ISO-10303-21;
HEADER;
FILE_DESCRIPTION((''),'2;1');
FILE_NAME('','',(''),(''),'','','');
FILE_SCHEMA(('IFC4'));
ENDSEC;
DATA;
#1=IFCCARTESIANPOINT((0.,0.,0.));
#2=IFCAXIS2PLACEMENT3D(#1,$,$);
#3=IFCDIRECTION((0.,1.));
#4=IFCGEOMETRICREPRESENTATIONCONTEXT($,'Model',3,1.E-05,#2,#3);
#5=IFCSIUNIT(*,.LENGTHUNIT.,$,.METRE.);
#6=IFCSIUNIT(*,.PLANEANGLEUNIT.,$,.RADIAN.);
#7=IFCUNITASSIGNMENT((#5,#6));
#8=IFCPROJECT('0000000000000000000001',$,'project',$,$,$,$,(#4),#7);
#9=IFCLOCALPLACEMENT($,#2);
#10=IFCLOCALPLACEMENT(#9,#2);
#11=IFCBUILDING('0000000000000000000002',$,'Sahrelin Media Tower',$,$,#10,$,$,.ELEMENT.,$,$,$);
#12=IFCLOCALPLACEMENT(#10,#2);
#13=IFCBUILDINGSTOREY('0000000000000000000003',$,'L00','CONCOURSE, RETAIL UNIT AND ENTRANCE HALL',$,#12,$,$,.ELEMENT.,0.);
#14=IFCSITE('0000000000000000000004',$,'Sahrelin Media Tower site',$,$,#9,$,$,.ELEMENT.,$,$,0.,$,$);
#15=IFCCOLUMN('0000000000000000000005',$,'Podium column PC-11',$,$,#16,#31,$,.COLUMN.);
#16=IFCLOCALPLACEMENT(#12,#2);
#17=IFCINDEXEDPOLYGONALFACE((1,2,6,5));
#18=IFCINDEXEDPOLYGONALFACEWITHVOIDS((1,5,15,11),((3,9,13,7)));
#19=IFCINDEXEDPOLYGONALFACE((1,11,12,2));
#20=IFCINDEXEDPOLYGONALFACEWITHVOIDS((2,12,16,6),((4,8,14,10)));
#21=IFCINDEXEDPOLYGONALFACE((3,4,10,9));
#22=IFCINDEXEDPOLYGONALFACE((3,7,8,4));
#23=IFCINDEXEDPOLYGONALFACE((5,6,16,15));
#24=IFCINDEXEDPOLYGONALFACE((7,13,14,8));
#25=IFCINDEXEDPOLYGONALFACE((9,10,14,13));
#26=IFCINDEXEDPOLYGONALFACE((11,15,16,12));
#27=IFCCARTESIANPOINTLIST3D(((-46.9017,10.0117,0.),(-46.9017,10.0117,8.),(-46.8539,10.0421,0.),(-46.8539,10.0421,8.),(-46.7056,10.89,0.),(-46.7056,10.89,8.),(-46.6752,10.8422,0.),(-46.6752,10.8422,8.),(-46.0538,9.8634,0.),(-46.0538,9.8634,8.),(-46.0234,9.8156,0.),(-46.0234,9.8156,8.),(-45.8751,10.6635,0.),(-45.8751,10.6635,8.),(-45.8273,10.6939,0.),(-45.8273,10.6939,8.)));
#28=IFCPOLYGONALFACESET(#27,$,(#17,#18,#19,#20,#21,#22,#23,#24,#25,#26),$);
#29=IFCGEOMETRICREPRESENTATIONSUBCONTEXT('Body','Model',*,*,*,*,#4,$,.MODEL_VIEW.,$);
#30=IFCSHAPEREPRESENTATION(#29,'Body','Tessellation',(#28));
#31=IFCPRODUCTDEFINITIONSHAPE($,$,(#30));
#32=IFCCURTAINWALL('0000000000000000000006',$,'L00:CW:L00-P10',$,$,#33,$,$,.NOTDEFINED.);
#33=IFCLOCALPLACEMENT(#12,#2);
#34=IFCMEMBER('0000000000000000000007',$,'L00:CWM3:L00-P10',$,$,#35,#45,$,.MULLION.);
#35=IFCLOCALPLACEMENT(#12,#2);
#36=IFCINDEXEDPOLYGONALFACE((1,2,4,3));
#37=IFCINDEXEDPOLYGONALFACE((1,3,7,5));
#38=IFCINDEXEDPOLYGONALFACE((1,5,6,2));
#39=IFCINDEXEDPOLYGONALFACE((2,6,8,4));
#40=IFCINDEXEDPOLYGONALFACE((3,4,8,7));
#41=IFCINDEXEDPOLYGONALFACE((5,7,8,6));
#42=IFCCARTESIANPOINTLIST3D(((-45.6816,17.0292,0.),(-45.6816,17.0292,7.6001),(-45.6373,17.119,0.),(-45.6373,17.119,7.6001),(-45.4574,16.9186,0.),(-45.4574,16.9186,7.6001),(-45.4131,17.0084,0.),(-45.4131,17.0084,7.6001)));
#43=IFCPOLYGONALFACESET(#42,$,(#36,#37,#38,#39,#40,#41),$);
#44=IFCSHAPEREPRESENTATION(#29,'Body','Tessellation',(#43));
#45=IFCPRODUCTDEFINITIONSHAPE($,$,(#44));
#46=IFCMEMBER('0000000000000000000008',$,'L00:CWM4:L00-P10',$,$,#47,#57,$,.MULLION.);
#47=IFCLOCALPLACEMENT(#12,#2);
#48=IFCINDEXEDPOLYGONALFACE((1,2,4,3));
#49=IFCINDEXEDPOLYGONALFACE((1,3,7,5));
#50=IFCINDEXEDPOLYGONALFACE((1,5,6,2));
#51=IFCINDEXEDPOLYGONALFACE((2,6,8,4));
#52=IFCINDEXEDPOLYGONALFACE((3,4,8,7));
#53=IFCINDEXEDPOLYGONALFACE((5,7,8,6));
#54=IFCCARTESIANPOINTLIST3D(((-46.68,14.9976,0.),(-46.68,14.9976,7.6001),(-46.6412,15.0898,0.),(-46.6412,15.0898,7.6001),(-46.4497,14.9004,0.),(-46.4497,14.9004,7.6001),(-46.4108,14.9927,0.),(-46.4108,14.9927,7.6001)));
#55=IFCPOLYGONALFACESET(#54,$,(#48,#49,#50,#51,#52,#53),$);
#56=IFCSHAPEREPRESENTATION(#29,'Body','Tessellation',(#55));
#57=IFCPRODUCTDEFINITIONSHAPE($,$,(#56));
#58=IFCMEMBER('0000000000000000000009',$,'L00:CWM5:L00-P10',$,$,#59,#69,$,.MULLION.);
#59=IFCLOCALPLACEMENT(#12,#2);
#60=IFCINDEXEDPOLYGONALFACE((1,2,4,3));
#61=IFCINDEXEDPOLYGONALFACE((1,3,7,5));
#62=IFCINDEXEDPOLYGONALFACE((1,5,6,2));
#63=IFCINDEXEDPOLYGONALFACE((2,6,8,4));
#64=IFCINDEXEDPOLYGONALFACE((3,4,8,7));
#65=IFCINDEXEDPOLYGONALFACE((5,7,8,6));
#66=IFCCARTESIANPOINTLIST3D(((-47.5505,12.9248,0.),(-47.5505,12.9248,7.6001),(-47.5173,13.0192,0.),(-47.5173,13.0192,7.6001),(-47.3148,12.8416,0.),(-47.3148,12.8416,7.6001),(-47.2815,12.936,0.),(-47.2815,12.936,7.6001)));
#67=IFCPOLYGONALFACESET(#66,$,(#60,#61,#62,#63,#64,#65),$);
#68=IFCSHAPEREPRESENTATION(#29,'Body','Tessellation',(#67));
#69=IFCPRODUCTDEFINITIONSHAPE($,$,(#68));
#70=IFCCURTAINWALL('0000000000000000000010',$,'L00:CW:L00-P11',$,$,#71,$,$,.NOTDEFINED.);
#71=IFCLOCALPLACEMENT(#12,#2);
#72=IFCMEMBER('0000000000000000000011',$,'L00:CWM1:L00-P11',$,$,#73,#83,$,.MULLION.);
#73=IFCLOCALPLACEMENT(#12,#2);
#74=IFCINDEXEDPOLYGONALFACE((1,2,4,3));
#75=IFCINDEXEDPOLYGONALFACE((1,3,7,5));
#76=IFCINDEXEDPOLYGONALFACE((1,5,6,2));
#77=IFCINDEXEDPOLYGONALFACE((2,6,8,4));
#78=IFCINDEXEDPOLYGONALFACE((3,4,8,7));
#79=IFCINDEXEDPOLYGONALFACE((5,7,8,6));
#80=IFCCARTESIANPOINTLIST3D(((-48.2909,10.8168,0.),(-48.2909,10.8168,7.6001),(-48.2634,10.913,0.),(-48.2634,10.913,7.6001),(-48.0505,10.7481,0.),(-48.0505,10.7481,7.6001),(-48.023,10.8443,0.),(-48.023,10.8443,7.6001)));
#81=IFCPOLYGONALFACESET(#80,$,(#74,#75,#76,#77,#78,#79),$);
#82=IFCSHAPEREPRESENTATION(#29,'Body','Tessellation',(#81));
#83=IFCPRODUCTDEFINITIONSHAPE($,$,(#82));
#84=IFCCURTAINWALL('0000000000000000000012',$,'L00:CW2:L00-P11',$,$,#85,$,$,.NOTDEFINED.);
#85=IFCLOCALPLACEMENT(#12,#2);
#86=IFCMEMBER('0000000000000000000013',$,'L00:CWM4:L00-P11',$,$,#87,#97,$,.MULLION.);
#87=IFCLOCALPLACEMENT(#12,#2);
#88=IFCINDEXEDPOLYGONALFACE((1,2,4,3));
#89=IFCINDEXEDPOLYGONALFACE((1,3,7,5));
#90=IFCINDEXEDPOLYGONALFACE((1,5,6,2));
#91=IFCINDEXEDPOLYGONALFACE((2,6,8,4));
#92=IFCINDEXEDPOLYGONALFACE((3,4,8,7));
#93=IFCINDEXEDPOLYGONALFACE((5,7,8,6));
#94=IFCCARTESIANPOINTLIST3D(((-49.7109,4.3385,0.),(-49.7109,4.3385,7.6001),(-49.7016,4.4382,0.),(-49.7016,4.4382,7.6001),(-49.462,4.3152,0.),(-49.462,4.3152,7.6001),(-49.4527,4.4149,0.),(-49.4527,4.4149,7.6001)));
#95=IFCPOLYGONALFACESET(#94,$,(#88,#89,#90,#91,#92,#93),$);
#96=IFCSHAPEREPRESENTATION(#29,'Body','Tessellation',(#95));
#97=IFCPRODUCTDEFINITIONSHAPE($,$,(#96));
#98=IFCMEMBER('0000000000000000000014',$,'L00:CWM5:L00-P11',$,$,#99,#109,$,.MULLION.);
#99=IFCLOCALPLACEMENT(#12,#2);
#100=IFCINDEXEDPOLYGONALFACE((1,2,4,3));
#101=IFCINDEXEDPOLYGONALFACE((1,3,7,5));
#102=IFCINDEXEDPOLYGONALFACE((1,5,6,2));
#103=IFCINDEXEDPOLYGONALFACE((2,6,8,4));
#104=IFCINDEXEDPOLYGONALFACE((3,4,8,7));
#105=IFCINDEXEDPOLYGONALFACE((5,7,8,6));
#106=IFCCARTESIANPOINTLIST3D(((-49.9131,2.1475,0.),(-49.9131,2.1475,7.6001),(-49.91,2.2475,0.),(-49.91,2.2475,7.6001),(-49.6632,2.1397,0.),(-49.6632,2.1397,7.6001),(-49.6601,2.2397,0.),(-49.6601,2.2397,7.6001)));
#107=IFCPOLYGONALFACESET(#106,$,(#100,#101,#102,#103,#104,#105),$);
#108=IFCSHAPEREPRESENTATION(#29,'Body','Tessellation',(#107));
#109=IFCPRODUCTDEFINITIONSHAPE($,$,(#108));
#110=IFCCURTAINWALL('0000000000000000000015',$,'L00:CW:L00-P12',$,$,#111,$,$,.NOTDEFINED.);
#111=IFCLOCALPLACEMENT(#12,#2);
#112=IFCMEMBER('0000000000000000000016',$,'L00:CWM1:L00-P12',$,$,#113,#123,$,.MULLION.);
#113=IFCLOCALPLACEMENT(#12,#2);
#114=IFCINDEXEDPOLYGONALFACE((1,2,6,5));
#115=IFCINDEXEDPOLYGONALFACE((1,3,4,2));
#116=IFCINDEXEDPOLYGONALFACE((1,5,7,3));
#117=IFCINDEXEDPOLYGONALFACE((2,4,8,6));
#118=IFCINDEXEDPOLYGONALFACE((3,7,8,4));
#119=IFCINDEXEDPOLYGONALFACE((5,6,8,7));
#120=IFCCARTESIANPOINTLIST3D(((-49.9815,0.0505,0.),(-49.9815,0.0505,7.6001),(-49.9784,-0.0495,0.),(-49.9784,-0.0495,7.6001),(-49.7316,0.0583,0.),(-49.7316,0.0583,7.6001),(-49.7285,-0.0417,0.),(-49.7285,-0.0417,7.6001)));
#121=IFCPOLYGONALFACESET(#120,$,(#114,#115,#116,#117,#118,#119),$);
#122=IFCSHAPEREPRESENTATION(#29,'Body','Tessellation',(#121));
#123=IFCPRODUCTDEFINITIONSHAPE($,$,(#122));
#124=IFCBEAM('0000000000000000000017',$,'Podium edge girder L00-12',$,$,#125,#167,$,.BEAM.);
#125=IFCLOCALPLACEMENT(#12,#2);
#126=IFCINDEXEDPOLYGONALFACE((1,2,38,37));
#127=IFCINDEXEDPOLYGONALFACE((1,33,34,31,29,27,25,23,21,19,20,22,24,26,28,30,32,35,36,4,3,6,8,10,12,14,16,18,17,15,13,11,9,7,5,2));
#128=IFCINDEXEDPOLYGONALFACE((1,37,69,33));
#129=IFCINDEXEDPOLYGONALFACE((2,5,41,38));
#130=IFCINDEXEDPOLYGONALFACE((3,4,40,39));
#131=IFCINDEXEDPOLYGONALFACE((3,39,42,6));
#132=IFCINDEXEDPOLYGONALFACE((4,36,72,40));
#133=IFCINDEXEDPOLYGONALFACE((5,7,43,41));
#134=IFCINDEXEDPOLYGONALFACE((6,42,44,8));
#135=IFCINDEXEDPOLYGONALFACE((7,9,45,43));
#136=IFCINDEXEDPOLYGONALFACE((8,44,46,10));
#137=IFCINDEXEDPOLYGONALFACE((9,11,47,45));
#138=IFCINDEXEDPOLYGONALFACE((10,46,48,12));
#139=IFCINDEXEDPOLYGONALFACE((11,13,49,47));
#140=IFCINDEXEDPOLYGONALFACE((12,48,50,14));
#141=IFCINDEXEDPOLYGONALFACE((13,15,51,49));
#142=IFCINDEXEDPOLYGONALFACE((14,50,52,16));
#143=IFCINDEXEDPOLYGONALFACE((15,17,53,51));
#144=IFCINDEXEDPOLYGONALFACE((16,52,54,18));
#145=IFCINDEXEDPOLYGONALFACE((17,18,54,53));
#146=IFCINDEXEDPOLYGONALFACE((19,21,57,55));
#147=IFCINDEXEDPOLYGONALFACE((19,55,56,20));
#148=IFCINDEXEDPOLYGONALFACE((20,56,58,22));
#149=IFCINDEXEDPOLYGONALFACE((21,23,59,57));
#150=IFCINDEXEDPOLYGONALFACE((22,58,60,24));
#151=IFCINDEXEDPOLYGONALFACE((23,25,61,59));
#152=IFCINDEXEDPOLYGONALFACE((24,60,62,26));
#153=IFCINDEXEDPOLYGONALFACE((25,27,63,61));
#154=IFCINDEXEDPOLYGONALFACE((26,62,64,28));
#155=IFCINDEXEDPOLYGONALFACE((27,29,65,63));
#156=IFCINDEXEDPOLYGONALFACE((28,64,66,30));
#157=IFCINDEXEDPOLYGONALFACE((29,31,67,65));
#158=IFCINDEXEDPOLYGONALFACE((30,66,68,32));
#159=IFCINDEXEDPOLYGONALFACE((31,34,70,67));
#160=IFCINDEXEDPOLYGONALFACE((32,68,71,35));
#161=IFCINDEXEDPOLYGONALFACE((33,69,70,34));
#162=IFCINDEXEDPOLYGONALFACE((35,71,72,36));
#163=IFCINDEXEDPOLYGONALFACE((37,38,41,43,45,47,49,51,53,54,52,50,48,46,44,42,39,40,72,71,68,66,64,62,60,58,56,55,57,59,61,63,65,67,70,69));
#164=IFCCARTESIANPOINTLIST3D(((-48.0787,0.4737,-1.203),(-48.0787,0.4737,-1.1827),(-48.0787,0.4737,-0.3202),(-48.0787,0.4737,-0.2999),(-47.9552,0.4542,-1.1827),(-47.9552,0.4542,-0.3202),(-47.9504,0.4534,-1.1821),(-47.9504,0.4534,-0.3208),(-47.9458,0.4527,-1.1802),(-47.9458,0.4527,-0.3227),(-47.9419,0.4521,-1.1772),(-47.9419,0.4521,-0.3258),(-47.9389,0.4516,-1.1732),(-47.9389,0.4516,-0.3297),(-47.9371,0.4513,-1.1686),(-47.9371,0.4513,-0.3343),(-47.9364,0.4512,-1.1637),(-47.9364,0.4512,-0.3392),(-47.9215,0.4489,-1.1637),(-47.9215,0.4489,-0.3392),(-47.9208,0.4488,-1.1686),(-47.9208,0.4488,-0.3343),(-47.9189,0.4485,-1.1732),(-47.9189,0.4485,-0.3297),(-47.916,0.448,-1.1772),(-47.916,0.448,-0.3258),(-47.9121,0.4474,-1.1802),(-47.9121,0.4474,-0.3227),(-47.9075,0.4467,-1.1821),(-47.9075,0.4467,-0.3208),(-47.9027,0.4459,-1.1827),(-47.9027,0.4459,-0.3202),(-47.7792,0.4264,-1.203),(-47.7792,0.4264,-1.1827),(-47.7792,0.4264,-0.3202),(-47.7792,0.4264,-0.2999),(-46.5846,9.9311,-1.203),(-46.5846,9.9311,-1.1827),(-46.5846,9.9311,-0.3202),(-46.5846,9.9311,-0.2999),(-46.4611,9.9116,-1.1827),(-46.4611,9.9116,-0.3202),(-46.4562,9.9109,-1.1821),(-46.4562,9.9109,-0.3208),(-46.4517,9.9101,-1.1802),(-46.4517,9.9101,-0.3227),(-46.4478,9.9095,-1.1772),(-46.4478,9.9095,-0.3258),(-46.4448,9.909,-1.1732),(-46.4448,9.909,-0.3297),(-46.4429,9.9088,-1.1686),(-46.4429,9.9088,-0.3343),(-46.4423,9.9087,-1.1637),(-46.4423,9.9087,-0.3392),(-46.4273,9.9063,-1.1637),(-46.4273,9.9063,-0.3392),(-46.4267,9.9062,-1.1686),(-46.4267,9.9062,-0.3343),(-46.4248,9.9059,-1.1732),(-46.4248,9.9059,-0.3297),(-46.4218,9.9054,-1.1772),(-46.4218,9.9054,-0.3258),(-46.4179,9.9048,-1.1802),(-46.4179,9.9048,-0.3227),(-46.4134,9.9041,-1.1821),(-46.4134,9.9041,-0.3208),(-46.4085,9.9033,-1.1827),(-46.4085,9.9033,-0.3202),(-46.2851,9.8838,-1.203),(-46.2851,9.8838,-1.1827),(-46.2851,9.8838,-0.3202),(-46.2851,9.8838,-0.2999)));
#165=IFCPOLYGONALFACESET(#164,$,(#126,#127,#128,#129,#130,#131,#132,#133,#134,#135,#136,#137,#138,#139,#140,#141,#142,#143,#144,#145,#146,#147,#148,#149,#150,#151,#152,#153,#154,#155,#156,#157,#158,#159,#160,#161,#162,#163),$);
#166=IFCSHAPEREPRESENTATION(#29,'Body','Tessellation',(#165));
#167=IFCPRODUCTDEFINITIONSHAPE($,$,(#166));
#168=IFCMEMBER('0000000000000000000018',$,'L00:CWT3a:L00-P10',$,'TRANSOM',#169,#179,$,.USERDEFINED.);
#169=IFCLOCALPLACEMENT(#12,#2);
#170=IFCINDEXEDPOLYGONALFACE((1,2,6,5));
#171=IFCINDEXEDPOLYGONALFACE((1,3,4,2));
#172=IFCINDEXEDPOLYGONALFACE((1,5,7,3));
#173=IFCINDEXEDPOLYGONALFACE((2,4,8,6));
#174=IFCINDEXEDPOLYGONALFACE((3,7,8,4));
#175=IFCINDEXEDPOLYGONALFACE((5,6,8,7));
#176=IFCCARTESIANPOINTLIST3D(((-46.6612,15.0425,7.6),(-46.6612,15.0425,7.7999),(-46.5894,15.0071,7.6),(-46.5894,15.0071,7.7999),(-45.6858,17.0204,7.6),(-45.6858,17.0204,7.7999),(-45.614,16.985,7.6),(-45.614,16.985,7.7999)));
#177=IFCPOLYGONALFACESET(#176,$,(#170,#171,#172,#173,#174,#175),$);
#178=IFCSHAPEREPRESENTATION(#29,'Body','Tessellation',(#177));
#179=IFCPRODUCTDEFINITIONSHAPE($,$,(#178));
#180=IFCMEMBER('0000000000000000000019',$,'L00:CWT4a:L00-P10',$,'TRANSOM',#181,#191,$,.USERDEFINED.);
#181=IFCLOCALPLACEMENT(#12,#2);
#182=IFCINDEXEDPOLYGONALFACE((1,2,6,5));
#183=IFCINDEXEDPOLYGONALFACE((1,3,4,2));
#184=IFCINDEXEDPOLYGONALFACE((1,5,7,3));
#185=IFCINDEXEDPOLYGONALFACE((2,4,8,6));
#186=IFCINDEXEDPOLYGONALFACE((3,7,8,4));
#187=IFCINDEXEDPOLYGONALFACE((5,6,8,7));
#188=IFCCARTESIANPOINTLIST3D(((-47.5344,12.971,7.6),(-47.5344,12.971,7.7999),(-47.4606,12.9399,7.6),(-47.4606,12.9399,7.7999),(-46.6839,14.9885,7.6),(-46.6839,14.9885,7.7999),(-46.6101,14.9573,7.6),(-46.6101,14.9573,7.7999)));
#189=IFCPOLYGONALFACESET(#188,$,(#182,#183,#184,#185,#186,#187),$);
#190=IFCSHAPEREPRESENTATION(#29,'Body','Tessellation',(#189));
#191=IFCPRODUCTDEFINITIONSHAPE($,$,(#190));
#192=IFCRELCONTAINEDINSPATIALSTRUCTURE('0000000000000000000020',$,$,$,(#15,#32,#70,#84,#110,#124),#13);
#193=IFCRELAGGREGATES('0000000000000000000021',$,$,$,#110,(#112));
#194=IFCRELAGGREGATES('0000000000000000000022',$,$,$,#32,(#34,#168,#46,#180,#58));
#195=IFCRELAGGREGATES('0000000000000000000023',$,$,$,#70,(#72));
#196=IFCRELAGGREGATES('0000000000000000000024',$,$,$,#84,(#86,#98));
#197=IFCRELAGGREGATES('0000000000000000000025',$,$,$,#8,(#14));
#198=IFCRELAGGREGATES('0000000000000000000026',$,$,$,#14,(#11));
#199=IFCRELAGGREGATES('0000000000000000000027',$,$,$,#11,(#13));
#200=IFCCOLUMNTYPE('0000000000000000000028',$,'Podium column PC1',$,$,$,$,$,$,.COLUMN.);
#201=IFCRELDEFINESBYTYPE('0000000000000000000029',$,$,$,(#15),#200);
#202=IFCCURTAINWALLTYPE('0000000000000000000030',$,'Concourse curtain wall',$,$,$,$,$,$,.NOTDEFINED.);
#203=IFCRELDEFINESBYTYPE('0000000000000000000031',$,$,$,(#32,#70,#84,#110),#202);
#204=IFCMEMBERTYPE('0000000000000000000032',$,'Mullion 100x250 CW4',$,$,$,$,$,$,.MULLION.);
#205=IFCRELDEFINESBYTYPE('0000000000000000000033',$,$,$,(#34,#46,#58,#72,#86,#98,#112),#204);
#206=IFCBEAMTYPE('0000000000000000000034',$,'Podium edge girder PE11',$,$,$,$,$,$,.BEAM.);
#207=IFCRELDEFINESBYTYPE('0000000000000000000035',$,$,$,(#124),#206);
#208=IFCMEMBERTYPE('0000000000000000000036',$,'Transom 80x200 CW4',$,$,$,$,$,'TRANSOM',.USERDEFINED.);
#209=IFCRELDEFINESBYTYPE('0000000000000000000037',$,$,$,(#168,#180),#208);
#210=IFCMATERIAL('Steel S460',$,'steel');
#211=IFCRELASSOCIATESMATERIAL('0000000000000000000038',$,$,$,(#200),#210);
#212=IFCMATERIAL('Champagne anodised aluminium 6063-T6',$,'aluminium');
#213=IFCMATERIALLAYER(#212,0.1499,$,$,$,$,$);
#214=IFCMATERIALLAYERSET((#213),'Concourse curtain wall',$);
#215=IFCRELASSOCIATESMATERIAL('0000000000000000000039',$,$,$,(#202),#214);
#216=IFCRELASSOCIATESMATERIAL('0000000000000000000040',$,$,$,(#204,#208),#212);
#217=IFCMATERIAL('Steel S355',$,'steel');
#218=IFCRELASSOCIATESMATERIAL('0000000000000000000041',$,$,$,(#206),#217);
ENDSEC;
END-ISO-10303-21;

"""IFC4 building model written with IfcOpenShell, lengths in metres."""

from ifc_helpers import new_model, si_unit, direction, frame, origin, origin_2d, place, context, subcontext, project, spatial, rectangle, hollow_rectangle, i_section, extrude, material, layer, layer_set, material_profile, profile_set, type_object, element, aggregate, save


model = new_model("IFC4")

# Units and contexts
model_context = context("Model", 3, precision=1e-05, world=origin(), true_north=direction((0.0, 1.0)))
body_context = subcontext(model_context, "Body", "Model", "MODEL_VIEW")
ifc_project = project(units=[si_unit("LENGTHUNIT", "METRE"), si_unit("PLANEANGLEUNIT", "RADIAN")], contexts=[model_context])

# Site, building, storey
site_placement = place(None, origin())
site = spatial("IfcSite", under=ifc_project, at=site_placement, Name="Sahrelin Media Tower site", CompositionType="ELEMENT", RefElevation=0.0)
building_placement = place(site_placement, origin())
building = spatial("IfcBuilding", under=site, at=building_placement, Name="Sahrelin Media Tower", CompositionType="ELEMENT")
storey_placement = place(building_placement, origin())
storey = spatial("IfcBuildingStorey", under=building, at=storey_placement, Name="L00", Description="CONCOURSE, RETAIL UNIT AND ENTRANCE HALL", CompositionType="ELEMENT", Elevation=0.0)

# Column
ifc_material_1 = material(Name="Steel S460", Category="steel")
ifc_material_profile_1 = material_profile(ifc_material_1, hollow_rectangle(XDim=0.8999, YDim=0.8999, WallThickness=0.04, at=origin_2d()), Name="Podium column PC1")
ifc_profile_set_1 = profile_set([ifc_material_profile_1], Name="Steel S460")
column_type = type_object("IfcColumnType", Name="Podium column PC1", PredefinedType="COLUMN", material=ifc_profile_set_1)
column_placement = place(storey_placement, frame((-46.3645, 10.3528, 0.0), z_axis=(0.0, 0.0, 1.0), x_axis=(-0.975965, 0.217925, 0.0)))
element("IfcColumn", 1, at=column_placement, inside=storey, type_object=column_type, Name="Podium column PC-11", PredefinedType="COLUMN", context=body_context, shape_type="SweptSolid", body=[
    extrude(hollow_rectangle(XDim=0.8999, YDim=0.8999, WallThickness=0.04, at=origin_2d()), origin(), (0.0, 0.0, 1.0), 8.0),
])

# Curtain wall, members
ifc_material_2 = material(Name="Champagne anodised aluminium 6063-T6", Category="aluminium")
ifc_layer_1 = layer(ifc_material_2, 0.1499)
ifc_layer_set_1 = layer_set([ifc_layer_1], Name="Concourse curtain wall")
curtain_wall_type = type_object("IfcCurtainWallType", Name="Concourse curtain wall", PredefinedType="NOTDEFINED", material=ifc_layer_set_1)
curtain_wall_1_placement = place(storey_placement, frame((-43.3013, 21.0, 0.0), z_axis=(0.0, 0.0, 1.0), x_axis=(1.0, 0.0, 0.0)))
curtain_wall_1 = element("IfcCurtainWall", 2, at=curtain_wall_1_placement, inside=storey, type_object=curtain_wall_type, Name="L00:CW:L00-P10", PredefinedType="NOTDEFINED")
ifc_material_profile_2 = material_profile(ifc_material_2, rectangle(XDim=0.1001, YDim=0.25, at=origin_2d()), Name="Mullion 100x250")
ifc_profile_set_2 = profile_set([ifc_material_profile_2], Name="Champagne anodised aluminium 6063-T6")
member_type_1 = type_object("IfcMemberType", Name="Mullion 100x250 CW4", PredefinedType="MULLION", material=ifc_profile_set_2)
member_1_placement = place(storey_placement, frame((-45.5474, 17.0188, 0.0), z_axis=(0.0, 0.0, 1.0), x_axis=(-0.442262, -0.896886, 0.0)))
member_1 = element("IfcMember", 3, at=member_1_placement, type_object=member_type_1, Name="L00:CWM3:L00-P10", PredefinedType="MULLION", context=body_context, shape_type="SweptSolid", body=[
    extrude(rectangle(XDim=0.1001, YDim=0.25, at=origin_2d()), origin(), (0.0, 0.0, 1.0), 7.6001),
])
member_2_placement = place(storey_placement, frame((-46.5454, 14.9951, 0.0), z_axis=(0.0, 0.0, 1.0), x_axis=(-0.38845, -0.92147, 0.0)))
member_2 = element("IfcMember", 4, at=member_2_placement, type_object=member_type_1, Name="L00:CWM4:L00-P10", PredefinedType="MULLION", context=body_context, shape_type="SweptSolid", body=[
    extrude(rectangle(XDim=0.1001, YDim=0.25, at=origin_2d()), origin(), (0.0, 0.0, 1.0), 7.6001),
])
member_3_placement = place(storey_placement, frame((-47.416, 12.9304, 0.0), z_axis=(0.0, 0.0, 1.0), x_axis=(-0.332579, -0.943075, 0.0)))
member_3 = element("IfcMember", 5, at=member_3_placement, type_object=member_type_1, Name="L00:CWM5:L00-P10", PredefinedType="MULLION", context=body_context, shape_type="SweptSolid", body=[
    extrude(rectangle(XDim=0.1001, YDim=0.25, at=origin_2d()), origin(), (0.0, 0.0, 1.0), 7.6001),
])

# Curtain wall, member
curtain_wall_2_placement = place(storey_placement, frame((-48.2964, 10.8704, 0.0), z_axis=(0.0, 0.0, 1.0), x_axis=(1.0, 0.0, 0.0)))
curtain_wall_2 = element("IfcCurtainWall", 6, at=curtain_wall_2_placement, inside=storey, type_object=curtain_wall_type, Name="L00:CW:L00-P11", PredefinedType="NOTDEFINED")
member_4_placement = place(storey_placement, frame((-48.157, 10.8306, 0.0), z_axis=(0.0, 0.0, 1.0), x_axis=(-0.27481, -0.961499, 0.0)))
member_4 = element("IfcMember", 7, at=member_4_placement, type_object=member_type_1, Name="L00:CWM1:L00-P11", PredefinedType="MULLION", context=body_context, shape_type="SweptSolid", body=[
    extrude(rectangle(XDim=0.1001, YDim=0.25, at=origin_2d()), origin(), (0.0, 0.0, 1.0), 7.6001),
])

# Curtain wall, members
curtain_wall_3_placement = place(storey_placement, frame((-49.7039, 4.5327, 0.0), z_axis=(0.0, 0.0, 1.0), x_axis=(1.0, 0.0, 0.0)))
curtain_wall_3 = element("IfcCurtainWall", 8, at=curtain_wall_3_placement, inside=storey, type_object=curtain_wall_type, Name="L00:CW2:L00-P11", PredefinedType="NOTDEFINED")
member_5_placement = place(storey_placement, frame((-49.5818, 4.3767, 0.0), z_axis=(0.0, 0.0, 1.0), x_axis=(-0.093292, -0.995639, 0.0)))
member_5 = element("IfcMember", 9, at=member_5_placement, type_object=member_type_1, Name="L00:CWM4:L00-P11", PredefinedType="MULLION", context=body_context, shape_type="SweptSolid", body=[
    extrude(rectangle(XDim=0.1001, YDim=0.25, at=origin_2d()), origin(), (0.0, 0.0, 1.0), 7.6001),
])
member_6_placement = place(storey_placement, frame((-49.7866, 2.1936, 0.0), z_axis=(0.0, 0.0, 1.0), x_axis=(-0.031147, -0.999515, 0.0)))
member_6 = element("IfcMember", 10, at=member_6_placement, type_object=member_type_1, Name="L00:CWM5:L00-P11", PredefinedType="MULLION", context=body_context, shape_type="SweptSolid", body=[
    extrude(rectangle(XDim=0.1001, YDim=0.25, at=origin_2d()), origin(), (0.0, 0.0, 1.0), 7.6001),
])

# Curtain wall, member
curtain_wall_4_placement = place(storey_placement, frame((-50.0, 0.0, 0.0), z_axis=(0.0, 0.0, 1.0), x_axis=(1.0, 0.0, 0.0)))
curtain_wall_4 = element("IfcCurtainWall", 11, at=curtain_wall_4_placement, inside=storey, type_object=curtain_wall_type, Name="L00:CW:L00-P12", PredefinedType="NOTDEFINED")
member_7_placement = place(storey_placement, frame((-49.855, 0.0044, 0.0), z_axis=(0.0, 0.0, 1.0), x_axis=(0.031147, -0.999515, 0.0)))
member_7 = element("IfcMember", 12, at=member_7_placement, type_object=member_type_1, Name="L00:CWM1:L00-P12", PredefinedType="MULLION", context=body_context, shape_type="SweptSolid", body=[
    extrude(rectangle(XDim=0.1001, YDim=0.25, at=origin_2d()), origin(), (0.0, 0.0, 1.0), 7.6001),
])
aggregate(curtain_wall_4, [member_7])

# Beam
ifc_material_3 = material(Name="Steel S355", Category="steel")
ifc_material_profile_3 = material_profile(ifc_material_3, i_section(OverallWidth=0.3032, OverallDepth=0.9031, WebThickness=0.0151, FlangeThickness=0.0203, FilletRadius=0.019, at=origin_2d()), Name="UB 914x305x201")
ifc_profile_set_3 = profile_set([ifc_material_profile_3], Name="Steel S355")
beam_type = type_object("IfcBeamType", Name="Podium edge girder PE11", PredefinedType="BEAM", material=ifc_profile_set_3)
beam_placement = place(storey_placement, frame((-46.4348, 9.9075, -0.7515), z_axis=(-0.156049, -0.987749, 0.0), x_axis=(0.987749, -0.156049, 0.0)))
element("IfcBeam", 13, at=beam_placement, inside=storey, type_object=beam_type, Name="Podium edge girder L00-12", PredefinedType="BEAM", context=body_context, shape_type="SweptSolid", body=[
    extrude(i_section(OverallWidth=0.3032, OverallDepth=0.9031, WebThickness=0.0151, FlangeThickness=0.0203, FilletRadius=0.019, at=origin_2d()), origin(), (0.0, 0.0, 1.0), 9.5747),
])

# Members
ifc_material_profile_4 = material_profile(ifc_material_2, rectangle(XDim=0.0801, YDim=0.2, at=origin_2d()), Name="Transom 80x200")
ifc_profile_set_4 = profile_set([ifc_material_profile_4], Name="Champagne anodised aluminium 6063-T6")
member_type_2 = type_object("IfcMemberType", Name="Transom 80x200 CW4", ElementType="TRANSOM", PredefinedType="USERDEFINED", material=ifc_profile_set_4)
member_8_placement = place(storey_placement, frame((-45.6499, 17.0027, 7.7), z_axis=(-0.442291, -0.896871, 0.0), x_axis=(0.896871, -0.442291, 0.0)))
member_8 = element("IfcMember", 14, at=member_8_placement, type_object=member_type_2, Name="L00:CWT3a:L00-P10", ObjectType="TRANSOM", PredefinedType="USERDEFINED", context=body_context, shape_type="SweptSolid", body=[
    extrude(rectangle(XDim=0.0801, YDim=0.2, at=origin_2d()), origin(), (0.0, 0.0, 1.0), 2.2053),
])
member_9_placement = place(storey_placement, frame((-46.647, 14.9729, 7.7), z_axis=(-0.388476, -0.921459, 0.0), x_axis=(0.921459, -0.388476, 0.0)))
member_9 = element("IfcMember", 15, at=member_9_placement, type_object=member_type_2, Name="L00:CWT4a:L00-P10", ObjectType="TRANSOM", PredefinedType="USERDEFINED", context=body_context, shape_type="SweptSolid", body=[
    extrude(rectangle(XDim=0.0801, YDim=0.2, at=origin_2d()), origin(), (0.0, 0.0, 1.0), 2.1895),
])

aggregate(curtain_wall_1, [member_1, member_8, member_2, member_9, member_3])
aggregate(curtain_wall_2, [member_4])
aggregate(curtain_wall_3, [member_5, member_6])

save(model, "model.ifc")
